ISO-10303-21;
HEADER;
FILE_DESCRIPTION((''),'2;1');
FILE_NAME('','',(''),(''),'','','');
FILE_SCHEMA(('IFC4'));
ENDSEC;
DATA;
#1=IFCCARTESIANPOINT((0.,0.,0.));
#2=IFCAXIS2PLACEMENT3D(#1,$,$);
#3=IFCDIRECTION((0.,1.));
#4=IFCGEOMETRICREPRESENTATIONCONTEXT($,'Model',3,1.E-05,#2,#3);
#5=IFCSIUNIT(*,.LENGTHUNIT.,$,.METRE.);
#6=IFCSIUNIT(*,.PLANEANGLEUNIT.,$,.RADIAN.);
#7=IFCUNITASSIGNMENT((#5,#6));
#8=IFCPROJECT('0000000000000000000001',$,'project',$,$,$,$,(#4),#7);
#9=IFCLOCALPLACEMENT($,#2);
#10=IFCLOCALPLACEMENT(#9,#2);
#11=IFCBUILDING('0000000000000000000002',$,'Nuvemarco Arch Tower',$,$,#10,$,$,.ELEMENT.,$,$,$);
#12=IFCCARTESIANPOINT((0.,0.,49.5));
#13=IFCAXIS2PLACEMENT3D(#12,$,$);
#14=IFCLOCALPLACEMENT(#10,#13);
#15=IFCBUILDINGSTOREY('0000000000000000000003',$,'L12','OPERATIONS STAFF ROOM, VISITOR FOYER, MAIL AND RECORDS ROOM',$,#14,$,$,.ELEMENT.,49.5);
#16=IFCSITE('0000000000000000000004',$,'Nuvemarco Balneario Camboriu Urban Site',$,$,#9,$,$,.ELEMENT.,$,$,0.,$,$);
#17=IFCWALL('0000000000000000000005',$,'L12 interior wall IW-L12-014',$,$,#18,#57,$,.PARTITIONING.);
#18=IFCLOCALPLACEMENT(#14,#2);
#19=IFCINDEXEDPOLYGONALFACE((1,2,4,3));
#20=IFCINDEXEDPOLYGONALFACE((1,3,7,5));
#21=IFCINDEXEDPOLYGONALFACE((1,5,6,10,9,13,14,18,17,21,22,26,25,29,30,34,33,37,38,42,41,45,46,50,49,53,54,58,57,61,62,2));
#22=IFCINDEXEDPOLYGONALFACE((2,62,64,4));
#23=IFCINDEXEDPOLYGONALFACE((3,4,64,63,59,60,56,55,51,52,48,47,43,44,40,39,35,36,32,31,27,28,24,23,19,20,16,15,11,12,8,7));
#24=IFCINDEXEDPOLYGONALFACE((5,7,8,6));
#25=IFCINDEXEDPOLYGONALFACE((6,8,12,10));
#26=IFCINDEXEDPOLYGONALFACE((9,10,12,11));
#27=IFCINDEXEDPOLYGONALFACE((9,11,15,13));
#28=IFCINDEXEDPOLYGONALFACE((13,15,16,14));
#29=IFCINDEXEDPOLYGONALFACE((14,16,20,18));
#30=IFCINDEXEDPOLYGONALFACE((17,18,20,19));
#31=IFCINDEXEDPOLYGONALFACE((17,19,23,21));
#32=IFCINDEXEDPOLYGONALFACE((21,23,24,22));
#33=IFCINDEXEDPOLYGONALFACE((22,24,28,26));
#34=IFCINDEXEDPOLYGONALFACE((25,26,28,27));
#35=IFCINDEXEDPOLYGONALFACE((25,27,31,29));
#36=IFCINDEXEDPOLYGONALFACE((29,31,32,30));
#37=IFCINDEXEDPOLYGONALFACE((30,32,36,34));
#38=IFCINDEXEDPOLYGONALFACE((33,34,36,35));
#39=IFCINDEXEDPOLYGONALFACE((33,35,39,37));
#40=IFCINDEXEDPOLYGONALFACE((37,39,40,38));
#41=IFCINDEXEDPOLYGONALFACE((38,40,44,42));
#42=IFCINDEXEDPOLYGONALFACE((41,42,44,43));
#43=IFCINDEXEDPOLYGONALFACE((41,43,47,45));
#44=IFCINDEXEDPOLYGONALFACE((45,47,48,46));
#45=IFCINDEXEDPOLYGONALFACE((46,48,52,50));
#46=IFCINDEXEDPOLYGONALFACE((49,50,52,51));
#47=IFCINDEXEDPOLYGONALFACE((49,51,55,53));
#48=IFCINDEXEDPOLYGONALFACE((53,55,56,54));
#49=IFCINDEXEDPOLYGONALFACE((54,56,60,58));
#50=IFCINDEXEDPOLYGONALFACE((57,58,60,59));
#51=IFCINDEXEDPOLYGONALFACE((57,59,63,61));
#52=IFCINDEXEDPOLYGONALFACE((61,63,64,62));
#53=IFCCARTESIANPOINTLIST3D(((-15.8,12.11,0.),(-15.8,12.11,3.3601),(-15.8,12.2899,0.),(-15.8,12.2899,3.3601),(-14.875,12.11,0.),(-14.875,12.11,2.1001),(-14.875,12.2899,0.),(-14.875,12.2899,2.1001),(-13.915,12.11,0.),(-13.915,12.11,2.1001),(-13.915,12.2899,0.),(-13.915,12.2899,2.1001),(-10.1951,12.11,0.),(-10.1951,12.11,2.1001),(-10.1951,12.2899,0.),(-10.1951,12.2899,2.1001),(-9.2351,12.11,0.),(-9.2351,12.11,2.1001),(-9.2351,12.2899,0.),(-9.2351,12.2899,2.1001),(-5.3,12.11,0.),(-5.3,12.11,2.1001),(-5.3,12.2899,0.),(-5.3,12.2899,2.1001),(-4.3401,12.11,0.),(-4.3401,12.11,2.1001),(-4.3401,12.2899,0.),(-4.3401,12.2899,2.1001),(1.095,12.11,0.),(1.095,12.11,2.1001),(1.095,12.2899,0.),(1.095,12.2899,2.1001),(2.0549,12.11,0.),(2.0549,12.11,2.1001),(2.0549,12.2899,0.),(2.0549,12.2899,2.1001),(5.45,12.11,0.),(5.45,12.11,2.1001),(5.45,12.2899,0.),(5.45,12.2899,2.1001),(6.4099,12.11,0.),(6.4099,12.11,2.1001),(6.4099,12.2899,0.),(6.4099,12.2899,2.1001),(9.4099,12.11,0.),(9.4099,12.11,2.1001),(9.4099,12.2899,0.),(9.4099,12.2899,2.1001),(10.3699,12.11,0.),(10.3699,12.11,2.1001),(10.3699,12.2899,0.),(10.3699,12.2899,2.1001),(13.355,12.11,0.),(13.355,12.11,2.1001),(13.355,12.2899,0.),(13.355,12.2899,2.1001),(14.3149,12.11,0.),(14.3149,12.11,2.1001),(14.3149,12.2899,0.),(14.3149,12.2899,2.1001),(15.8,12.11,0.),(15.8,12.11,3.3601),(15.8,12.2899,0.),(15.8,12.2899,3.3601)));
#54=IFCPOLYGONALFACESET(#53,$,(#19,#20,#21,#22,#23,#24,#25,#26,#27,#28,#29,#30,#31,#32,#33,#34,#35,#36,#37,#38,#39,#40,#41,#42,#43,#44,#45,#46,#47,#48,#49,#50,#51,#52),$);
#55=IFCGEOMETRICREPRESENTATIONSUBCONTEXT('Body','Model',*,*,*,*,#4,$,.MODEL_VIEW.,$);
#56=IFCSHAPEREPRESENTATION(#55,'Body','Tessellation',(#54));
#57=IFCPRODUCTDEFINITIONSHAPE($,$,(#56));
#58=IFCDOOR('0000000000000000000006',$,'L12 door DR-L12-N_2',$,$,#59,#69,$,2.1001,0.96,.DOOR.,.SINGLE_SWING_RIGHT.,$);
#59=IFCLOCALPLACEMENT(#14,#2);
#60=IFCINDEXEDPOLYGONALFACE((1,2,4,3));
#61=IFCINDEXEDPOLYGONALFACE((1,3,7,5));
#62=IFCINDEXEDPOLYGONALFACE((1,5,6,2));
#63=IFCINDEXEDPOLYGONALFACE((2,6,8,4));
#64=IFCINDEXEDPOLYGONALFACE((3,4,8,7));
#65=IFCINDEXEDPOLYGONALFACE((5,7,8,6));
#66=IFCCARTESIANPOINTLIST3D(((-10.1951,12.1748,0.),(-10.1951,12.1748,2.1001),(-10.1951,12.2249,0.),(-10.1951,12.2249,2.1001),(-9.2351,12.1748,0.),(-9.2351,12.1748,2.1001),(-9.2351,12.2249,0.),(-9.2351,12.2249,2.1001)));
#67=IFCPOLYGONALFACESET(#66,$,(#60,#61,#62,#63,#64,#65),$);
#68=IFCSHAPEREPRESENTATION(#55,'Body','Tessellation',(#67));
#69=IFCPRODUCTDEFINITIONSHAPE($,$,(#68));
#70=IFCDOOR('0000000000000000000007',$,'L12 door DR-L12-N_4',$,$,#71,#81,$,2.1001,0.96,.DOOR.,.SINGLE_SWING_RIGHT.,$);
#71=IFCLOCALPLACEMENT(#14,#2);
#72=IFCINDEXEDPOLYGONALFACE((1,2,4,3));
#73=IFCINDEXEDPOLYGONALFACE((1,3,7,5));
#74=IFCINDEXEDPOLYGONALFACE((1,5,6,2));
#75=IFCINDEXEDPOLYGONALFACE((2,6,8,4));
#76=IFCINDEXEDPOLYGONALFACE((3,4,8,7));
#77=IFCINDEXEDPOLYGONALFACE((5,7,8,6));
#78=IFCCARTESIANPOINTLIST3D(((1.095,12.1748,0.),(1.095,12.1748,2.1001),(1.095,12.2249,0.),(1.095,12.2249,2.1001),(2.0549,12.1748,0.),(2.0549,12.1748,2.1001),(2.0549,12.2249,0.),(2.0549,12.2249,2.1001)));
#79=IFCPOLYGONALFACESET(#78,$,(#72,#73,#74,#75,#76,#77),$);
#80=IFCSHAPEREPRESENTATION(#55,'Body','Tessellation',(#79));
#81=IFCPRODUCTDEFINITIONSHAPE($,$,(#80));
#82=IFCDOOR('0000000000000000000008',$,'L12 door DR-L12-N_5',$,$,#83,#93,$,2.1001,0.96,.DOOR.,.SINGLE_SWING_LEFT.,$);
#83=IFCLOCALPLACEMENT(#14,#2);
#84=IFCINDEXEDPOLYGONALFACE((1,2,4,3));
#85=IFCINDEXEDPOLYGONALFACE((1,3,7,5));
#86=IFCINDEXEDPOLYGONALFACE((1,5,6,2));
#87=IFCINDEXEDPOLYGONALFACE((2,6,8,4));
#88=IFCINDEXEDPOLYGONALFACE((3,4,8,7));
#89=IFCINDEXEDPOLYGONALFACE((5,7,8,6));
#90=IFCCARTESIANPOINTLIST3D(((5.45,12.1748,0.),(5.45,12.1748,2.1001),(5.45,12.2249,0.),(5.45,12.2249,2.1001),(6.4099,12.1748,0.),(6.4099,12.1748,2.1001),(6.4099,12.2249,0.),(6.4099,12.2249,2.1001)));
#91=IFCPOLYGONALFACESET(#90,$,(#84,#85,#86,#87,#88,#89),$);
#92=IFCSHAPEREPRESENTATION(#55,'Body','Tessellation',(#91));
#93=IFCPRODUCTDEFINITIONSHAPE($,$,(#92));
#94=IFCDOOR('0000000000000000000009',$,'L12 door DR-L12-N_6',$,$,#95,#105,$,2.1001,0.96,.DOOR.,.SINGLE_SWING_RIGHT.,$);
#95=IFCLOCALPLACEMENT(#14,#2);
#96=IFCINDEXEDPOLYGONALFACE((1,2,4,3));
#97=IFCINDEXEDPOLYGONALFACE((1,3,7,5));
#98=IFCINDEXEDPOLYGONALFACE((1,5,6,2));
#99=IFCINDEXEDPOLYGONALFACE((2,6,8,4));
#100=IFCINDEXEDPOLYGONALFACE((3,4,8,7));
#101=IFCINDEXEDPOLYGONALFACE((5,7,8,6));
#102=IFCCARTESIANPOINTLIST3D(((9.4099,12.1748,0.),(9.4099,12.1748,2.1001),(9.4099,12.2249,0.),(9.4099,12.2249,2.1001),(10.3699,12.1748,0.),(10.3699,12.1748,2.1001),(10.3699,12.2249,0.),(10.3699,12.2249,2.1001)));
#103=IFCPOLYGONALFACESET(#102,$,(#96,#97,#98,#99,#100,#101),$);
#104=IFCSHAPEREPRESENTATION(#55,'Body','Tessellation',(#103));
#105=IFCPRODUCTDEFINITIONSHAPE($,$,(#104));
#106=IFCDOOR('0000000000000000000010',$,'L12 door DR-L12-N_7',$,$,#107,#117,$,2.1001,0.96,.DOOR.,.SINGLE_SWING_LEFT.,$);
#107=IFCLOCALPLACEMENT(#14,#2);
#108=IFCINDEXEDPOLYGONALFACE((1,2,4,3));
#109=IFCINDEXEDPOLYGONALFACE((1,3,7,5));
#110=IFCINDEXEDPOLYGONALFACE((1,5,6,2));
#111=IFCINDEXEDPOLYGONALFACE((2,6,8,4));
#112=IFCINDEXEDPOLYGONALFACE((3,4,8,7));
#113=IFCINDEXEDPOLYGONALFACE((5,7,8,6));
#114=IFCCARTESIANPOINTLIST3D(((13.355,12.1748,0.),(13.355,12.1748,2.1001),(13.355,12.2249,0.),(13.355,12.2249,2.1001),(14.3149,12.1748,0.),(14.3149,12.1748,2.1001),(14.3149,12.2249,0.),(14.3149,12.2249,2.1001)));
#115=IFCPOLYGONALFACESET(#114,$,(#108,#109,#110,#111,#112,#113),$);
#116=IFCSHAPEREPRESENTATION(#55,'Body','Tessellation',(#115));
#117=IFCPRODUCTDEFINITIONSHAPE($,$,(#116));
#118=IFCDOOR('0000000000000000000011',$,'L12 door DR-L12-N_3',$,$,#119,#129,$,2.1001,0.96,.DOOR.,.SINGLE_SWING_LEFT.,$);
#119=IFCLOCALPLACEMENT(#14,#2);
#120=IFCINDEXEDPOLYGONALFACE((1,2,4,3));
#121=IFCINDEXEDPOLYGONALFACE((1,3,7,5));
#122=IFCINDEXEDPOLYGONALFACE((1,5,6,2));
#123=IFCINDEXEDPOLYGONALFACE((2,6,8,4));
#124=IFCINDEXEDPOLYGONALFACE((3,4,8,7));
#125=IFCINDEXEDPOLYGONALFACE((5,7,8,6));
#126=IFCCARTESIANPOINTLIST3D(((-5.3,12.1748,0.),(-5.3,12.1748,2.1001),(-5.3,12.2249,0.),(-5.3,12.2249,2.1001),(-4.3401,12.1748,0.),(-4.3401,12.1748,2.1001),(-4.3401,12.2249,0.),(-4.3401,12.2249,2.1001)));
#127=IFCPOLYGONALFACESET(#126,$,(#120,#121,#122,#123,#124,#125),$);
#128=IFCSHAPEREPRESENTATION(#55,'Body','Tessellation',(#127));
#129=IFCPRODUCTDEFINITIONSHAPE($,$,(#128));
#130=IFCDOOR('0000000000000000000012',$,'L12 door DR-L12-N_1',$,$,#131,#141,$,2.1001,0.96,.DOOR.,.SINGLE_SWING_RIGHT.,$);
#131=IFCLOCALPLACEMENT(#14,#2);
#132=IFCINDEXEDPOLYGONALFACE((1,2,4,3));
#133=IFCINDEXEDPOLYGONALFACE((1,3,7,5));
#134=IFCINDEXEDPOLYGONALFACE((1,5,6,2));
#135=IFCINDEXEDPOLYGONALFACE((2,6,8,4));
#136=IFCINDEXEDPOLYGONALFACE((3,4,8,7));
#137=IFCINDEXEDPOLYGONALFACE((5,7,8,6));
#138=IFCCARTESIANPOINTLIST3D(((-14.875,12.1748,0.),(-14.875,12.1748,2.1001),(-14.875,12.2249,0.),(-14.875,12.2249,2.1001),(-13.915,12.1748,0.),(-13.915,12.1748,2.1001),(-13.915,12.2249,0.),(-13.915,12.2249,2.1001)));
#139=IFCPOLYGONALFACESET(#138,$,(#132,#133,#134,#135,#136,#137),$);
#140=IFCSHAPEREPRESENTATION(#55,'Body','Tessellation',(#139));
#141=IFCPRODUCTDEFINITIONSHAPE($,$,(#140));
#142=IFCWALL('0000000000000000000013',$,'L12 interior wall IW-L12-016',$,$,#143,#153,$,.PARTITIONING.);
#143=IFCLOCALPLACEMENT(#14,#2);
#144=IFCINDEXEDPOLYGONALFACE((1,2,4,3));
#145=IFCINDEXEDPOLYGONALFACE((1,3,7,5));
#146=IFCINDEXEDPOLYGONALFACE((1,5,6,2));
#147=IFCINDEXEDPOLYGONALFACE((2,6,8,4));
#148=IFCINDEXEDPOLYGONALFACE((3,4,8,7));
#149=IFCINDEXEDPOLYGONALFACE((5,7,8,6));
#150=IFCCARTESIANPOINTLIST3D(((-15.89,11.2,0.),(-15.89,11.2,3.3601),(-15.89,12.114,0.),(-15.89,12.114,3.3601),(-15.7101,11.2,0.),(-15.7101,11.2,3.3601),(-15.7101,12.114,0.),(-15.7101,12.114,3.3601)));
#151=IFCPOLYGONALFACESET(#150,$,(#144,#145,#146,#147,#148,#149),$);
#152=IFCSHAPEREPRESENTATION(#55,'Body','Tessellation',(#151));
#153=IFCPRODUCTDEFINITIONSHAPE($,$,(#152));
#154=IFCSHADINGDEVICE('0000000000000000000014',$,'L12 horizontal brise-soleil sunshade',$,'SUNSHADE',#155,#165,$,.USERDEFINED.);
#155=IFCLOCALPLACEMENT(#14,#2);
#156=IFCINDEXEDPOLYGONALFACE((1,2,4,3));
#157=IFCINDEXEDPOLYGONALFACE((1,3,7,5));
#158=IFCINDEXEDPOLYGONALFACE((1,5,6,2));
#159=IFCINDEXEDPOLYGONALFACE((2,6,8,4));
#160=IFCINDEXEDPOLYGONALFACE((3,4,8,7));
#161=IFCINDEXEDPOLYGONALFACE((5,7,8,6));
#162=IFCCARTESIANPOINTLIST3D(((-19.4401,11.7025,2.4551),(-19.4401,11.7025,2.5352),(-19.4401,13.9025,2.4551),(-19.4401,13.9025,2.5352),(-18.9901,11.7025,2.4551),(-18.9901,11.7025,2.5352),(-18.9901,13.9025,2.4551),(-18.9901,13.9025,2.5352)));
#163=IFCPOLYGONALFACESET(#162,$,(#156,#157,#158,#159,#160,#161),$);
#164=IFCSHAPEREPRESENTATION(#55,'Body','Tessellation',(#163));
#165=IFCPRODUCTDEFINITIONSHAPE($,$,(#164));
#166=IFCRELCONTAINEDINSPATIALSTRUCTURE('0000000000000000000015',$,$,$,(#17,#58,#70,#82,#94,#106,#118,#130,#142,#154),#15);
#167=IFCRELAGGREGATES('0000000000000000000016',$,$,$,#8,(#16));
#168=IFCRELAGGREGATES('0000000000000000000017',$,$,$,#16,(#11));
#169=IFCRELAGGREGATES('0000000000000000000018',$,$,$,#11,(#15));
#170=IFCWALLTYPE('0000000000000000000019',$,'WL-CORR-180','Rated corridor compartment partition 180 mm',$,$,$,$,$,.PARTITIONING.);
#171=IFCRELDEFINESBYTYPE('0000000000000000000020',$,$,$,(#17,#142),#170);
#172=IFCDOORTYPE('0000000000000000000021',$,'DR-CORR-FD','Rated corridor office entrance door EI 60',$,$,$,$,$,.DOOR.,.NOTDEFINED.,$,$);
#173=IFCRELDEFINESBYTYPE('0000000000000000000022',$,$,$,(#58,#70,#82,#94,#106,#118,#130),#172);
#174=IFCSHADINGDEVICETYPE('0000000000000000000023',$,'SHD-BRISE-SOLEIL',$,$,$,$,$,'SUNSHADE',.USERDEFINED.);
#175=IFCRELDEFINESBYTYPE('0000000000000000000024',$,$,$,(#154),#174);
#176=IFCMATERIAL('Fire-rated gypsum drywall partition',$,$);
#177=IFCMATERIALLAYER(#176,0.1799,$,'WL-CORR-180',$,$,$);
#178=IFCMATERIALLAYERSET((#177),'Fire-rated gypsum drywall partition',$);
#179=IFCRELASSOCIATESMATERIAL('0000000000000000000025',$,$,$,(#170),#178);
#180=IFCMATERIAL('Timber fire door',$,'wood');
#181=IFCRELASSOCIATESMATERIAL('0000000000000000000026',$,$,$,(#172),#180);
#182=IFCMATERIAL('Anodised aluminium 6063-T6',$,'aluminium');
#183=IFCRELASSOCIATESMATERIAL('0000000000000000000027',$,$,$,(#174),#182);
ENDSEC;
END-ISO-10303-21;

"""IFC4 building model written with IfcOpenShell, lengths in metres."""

from ifc_helpers import new_model, si_unit, direction, frame, frame_2d, origin, origin_2d, place, context, subcontext, project, spatial, rectangle, extrude, source, transform, mapped, material, layer, layer_set, type_object, type_shapes, element, fill, save


model = new_model("IFC4")

# Units and contexts
model_context = context("Model", 3, precision=1e-05, world=origin(), true_north=direction((0.0, 1.0)))
body_context = subcontext(model_context, "Body", "Model", "MODEL_VIEW")
ifc_project = project(units=[si_unit("LENGTHUNIT", "METRE"), si_unit("PLANEANGLEUNIT", "RADIAN")], contexts=[model_context])

# Site, building, storey
site_placement = place(None, origin())
site = spatial("IfcSite", under=ifc_project, at=site_placement, Name="Nuvemarco Balneario Camboriu Urban Site", CompositionType="ELEMENT", RefElevation=0.0)
building_placement = place(site_placement, origin())
building = spatial("IfcBuilding", under=site, at=building_placement, Name="Nuvemarco Arch Tower", CompositionType="ELEMENT")
storey_placement = place(building_placement, frame((0.0, 0.0, 49.5)))
storey = spatial("IfcBuildingStorey", under=building, at=storey_placement, Name="L12", Description="OPERATIONS STAFF ROOM, VISITOR FOYER, MAIL AND RECORDS ROOM", CompositionType="ELEMENT", Elevation=49.5)

# Wall, openings, doors
ifc_material_1 = material(Name="Fire-rated gypsum drywall partition")
ifc_layer = layer(ifc_material_1, 0.1799, Name="WL-CORR-180")
ifc_layer_set = layer_set([ifc_layer], Name="Fire-rated gypsum drywall partition")
wall_type = type_object("IfcWallType", Name="WL-CORR-180", Description="Rated corridor compartment partition 180 mm", PredefinedType="PARTITIONING", material=ifc_layer_set)
wall_1_placement = place(storey_placement, frame((-15.8, 12.2, 0.0), z_axis=(0.0, 0.0, 1.0), x_axis=(1.0, 0.0, 0.0)))
wall_1 = element("IfcWall", 1, at=wall_1_placement, inside=storey, type_object=wall_type, Name="L12 interior wall IW-L12-014", PredefinedType="PARTITIONING", context=body_context, shape_type="SweptSolid", body=[
    extrude(rectangle(XDim=31.6001, YDim=0.1799, at=frame_2d((15.8, 0.0))), origin(), (0.0, 0.0, 1.0), 3.3601),
])
opening_1_placement = place(wall_1_placement, frame((5.605, 0.0, 0.0)))
opening_1 = element("IfcOpeningElement", 2, at=opening_1_placement, cuts=wall_1, PredefinedType="OPENING", context=body_context, shape_type="SweptSolid", body=[
    extrude(rectangle(XDim=0.96, YDim=2.1001, at=frame_2d((0.48, 1.05))), frame((0.0, 0.0999, 0.0), z_axis=(0.0, -1.0, 0.0), x_axis=(1.0, 0.0, 0.0)), (0.0, 0.0, 1.0), 0.2),
])
opening_2_placement = place(wall_1_placement, frame((16.895, 0.0, 0.0)))
opening_2 = element("IfcOpeningElement", 3, at=opening_2_placement, cuts=wall_1, PredefinedType="OPENING", context=body_context, shape_type="SweptSolid", body=[
    extrude(rectangle(XDim=0.96, YDim=2.1001, at=frame_2d((0.48, 1.05))), frame((0.0, 0.0999, 0.0), z_axis=(0.0, -1.0, 0.0), x_axis=(1.0, 0.0, 0.0)), (0.0, 0.0, 1.0), 0.2),
])
opening_3_placement = place(wall_1_placement, frame((21.25, 0.0, 0.0)))
opening_3 = element("IfcOpeningElement", 4, at=opening_3_placement, cuts=wall_1, PredefinedType="OPENING", context=body_context, shape_type="SweptSolid", body=[
    extrude(rectangle(XDim=0.96, YDim=2.1001, at=frame_2d((0.48, 1.05))), frame((0.0, 0.0999, 0.0), z_axis=(0.0, -1.0, 0.0), x_axis=(1.0, 0.0, 0.0)), (0.0, 0.0, 1.0), 0.2),
])
opening_4_placement = place(wall_1_placement, frame((25.21, 0.0, 0.0)))
opening_4 = element("IfcOpeningElement", 5, at=opening_4_placement, cuts=wall_1, PredefinedType="OPENING", context=body_context, shape_type="SweptSolid", body=[
    extrude(rectangle(XDim=0.96, YDim=2.1001, at=frame_2d((0.48, 1.05))), frame((0.0, 0.0999, 0.0), z_axis=(0.0, -1.0, 0.0), x_axis=(1.0, 0.0, 0.0)), (0.0, 0.0, 1.0), 0.2),
])
opening_5_placement = place(wall_1_placement, frame((29.155, 0.0, 0.0)))
opening_5 = element("IfcOpeningElement", 6, at=opening_5_placement, cuts=wall_1, PredefinedType="OPENING", context=body_context, shape_type="SweptSolid", body=[
    extrude(rectangle(XDim=0.96, YDim=2.1001, at=frame_2d((0.48, 1.05))), frame((0.0, 0.0999, 0.0), z_axis=(0.0, -1.0, 0.0), x_axis=(1.0, 0.0, 0.0)), (0.0, 0.0, 1.0), 0.2),
])
opening_6_placement = place(wall_1_placement, frame((10.5, 0.0, 0.0)))
opening_6 = element("IfcOpeningElement", 7, at=opening_6_placement, cuts=wall_1, PredefinedType="OPENING", context=body_context, shape_type="SweptSolid", body=[
    extrude(rectangle(XDim=0.96, YDim=2.1001, at=frame_2d((0.48, 1.05))), frame((0.0, 0.0999, 0.0), z_axis=(0.0, -1.0, 0.0), x_axis=(1.0, 0.0, 0.0)), (0.0, 0.0, 1.0), 0.2),
])
opening_7_placement = place(wall_1_placement, frame((0.925, 0.0, 0.0)))
opening_7 = element("IfcOpeningElement", 8, at=opening_7_placement, cuts=wall_1, PredefinedType="OPENING", context=body_context, shape_type="SweptSolid", body=[
    extrude(rectangle(XDim=0.96, YDim=2.1001, at=frame_2d((0.48, 1.05))), frame((0.0, 0.0999, 0.0), z_axis=(0.0, -1.0, 0.0), x_axis=(1.0, 0.0, 0.0)), (0.0, 0.0, 1.0), 0.2),
])
ifc_material_2 = material(Name="Timber fire door", Category="wood")
door_type = type_object("IfcDoorType", Name="DR-CORR-FD", Description="Rated corridor office entrance door EI 60", OperationType="NOTDEFINED", PredefinedType="DOOR", material=ifc_material_2)
shared_shape_1 = source(origin(), body_context, "Body", "SweptSolid", [
    extrude(rectangle(XDim=0.96, YDim=2.1001, at=frame_2d((0.48, 1.05))), frame((0.0, 0.0249, 0.0), z_axis=(0.0, -1.0, 0.0), x_axis=(1.0, 0.0, 0.0)), (0.0, 0.0, 1.0), 0.05),
])
type_shapes(door_type, [shared_shape_1])
door_1_placement = place(opening_1_placement, origin())
door_1 = element("IfcDoor", 9, at=door_1_placement, inside=storey, type_object=door_type, Name="L12 door DR-L12-N_2", OperationType="SINGLE_SWING_RIGHT", OverallHeight=2.1001, OverallWidth=0.96, PredefinedType="DOOR", context=body_context, shape_type="MappedRepresentation", body=[
    mapped(shared_shape_1, transform((0.0, 0.0, 0.0), scale=1.0)),
])
fill(opening_1, door_1)
door_2_placement = place(opening_2_placement, origin())
door_2 = element("IfcDoor", 10, at=door_2_placement, inside=storey, type_object=door_type, Name="L12 door DR-L12-N_4", OperationType="SINGLE_SWING_RIGHT", OverallHeight=2.1001, OverallWidth=0.96, PredefinedType="DOOR", context=body_context, shape_type="MappedRepresentation", body=[
    mapped(shared_shape_1, transform((0.0, 0.0, 0.0), scale=1.0)),
])
fill(opening_2, door_2)
door_3_placement = place(opening_3_placement, origin())
door_3 = element("IfcDoor", 11, at=door_3_placement, inside=storey, type_object=door_type, Name="L12 door DR-L12-N_5", OperationType="SINGLE_SWING_LEFT", OverallHeight=2.1001, OverallWidth=0.96, PredefinedType="DOOR", context=body_context, shape_type="MappedRepresentation", body=[
    mapped(shared_shape_1, transform((0.0, 0.0, 0.0), scale=1.0)),
])
fill(opening_3, door_3)
door_4_placement = place(opening_4_placement, origin())
door_4 = element("IfcDoor", 12, at=door_4_placement, inside=storey, type_object=door_type, Name="L12 door DR-L12-N_6", OperationType="SINGLE_SWING_RIGHT", OverallHeight=2.1001, OverallWidth=0.96, PredefinedType="DOOR", context=body_context, shape_type="MappedRepresentation", body=[
    mapped(shared_shape_1, transform((0.0, 0.0, 0.0), scale=1.0)),
])
fill(opening_4, door_4)
door_5_placement = place(opening_5_placement, origin())
door_5 = element("IfcDoor", 13, at=door_5_placement, inside=storey, type_object=door_type, Name="L12 door DR-L12-N_7", OperationType="SINGLE_SWING_LEFT", OverallHeight=2.1001, OverallWidth=0.96, PredefinedType="DOOR", context=body_context, shape_type="MappedRepresentation", body=[
    mapped(shared_shape_1, transform((0.0, 0.0, 0.0), scale=1.0)),
])
fill(opening_5, door_5)
door_6_placement = place(opening_6_placement, origin())
door_6 = element("IfcDoor", 14, at=door_6_placement, inside=storey, type_object=door_type, Name="L12 door DR-L12-N_3", OperationType="SINGLE_SWING_LEFT", OverallHeight=2.1001, OverallWidth=0.96, PredefinedType="DOOR", context=body_context, shape_type="MappedRepresentation", body=[
    mapped(shared_shape_1, transform((0.0, 0.0, 0.0), scale=1.0)),
])
fill(opening_6, door_6)
door_7_placement = place(opening_7_placement, origin())
door_7 = element("IfcDoor", 15, at=door_7_placement, inside=storey, type_object=door_type, Name="L12 door DR-L12-N_1", OperationType="SINGLE_SWING_RIGHT", OverallHeight=2.1001, OverallWidth=0.96, PredefinedType="DOOR", context=body_context, shape_type="MappedRepresentation", body=[
    mapped(shared_shape_1, transform((0.0, 0.0, 0.0), scale=1.0)),
])
fill(opening_7, door_7)

# Wall
wall_2_placement = place(storey_placement, frame((-15.8, 11.2, 0.0), z_axis=(0.0, 0.0, 1.0), x_axis=(0.0, 1.0, 0.0)))
element("IfcWall", 16, at=wall_2_placement, inside=storey, type_object=wall_type, Name="L12 interior wall IW-L12-016", PredefinedType="PARTITIONING", context=body_context, shape_type="SweptSolid", body=[
    extrude(rectangle(XDim=0.9141, YDim=0.1799, at=frame_2d((0.457, 0.0))), origin(), (0.0, 0.0, 1.0), 3.3601),
])

# Shading device
ifc_material_3 = material(Name="Anodised aluminium 6063-T6", Category="aluminium")
shading_device_type = type_object("IfcShadingDeviceType", Name="SHD-BRISE-SOLEIL", ElementType="SUNSHADE", PredefinedType="USERDEFINED", material=ifc_material_3)
shared_shape_2 = source(origin(), body_context, "Body", "SweptSolid", [
    extrude(rectangle(XDim=2.2, YDim=0.45, at=origin_2d()), origin(), (0.0, 0.0, 1.0), 0.0801),
])
type_shapes(shading_device_type, [shared_shape_2])
shading_device_placement = place(storey_placement, frame((-19.2151, 12.8025, 2.4551), z_axis=(0.0, 0.0, 1.0), x_axis=(0.0, 1.0, 0.0)))
element("IfcShadingDevice", 17, at=shading_device_placement, inside=storey, type_object=shading_device_type, Name="L12 horizontal brise-soleil sunshade", ObjectType="SUNSHADE", PredefinedType="USERDEFINED", context=body_context, shape_type="MappedRepresentation", body=[
    mapped(shared_shape_2, transform((0.0, 0.0, 0.0), scale=1.0)),
])

save(model, "model.ifc")
